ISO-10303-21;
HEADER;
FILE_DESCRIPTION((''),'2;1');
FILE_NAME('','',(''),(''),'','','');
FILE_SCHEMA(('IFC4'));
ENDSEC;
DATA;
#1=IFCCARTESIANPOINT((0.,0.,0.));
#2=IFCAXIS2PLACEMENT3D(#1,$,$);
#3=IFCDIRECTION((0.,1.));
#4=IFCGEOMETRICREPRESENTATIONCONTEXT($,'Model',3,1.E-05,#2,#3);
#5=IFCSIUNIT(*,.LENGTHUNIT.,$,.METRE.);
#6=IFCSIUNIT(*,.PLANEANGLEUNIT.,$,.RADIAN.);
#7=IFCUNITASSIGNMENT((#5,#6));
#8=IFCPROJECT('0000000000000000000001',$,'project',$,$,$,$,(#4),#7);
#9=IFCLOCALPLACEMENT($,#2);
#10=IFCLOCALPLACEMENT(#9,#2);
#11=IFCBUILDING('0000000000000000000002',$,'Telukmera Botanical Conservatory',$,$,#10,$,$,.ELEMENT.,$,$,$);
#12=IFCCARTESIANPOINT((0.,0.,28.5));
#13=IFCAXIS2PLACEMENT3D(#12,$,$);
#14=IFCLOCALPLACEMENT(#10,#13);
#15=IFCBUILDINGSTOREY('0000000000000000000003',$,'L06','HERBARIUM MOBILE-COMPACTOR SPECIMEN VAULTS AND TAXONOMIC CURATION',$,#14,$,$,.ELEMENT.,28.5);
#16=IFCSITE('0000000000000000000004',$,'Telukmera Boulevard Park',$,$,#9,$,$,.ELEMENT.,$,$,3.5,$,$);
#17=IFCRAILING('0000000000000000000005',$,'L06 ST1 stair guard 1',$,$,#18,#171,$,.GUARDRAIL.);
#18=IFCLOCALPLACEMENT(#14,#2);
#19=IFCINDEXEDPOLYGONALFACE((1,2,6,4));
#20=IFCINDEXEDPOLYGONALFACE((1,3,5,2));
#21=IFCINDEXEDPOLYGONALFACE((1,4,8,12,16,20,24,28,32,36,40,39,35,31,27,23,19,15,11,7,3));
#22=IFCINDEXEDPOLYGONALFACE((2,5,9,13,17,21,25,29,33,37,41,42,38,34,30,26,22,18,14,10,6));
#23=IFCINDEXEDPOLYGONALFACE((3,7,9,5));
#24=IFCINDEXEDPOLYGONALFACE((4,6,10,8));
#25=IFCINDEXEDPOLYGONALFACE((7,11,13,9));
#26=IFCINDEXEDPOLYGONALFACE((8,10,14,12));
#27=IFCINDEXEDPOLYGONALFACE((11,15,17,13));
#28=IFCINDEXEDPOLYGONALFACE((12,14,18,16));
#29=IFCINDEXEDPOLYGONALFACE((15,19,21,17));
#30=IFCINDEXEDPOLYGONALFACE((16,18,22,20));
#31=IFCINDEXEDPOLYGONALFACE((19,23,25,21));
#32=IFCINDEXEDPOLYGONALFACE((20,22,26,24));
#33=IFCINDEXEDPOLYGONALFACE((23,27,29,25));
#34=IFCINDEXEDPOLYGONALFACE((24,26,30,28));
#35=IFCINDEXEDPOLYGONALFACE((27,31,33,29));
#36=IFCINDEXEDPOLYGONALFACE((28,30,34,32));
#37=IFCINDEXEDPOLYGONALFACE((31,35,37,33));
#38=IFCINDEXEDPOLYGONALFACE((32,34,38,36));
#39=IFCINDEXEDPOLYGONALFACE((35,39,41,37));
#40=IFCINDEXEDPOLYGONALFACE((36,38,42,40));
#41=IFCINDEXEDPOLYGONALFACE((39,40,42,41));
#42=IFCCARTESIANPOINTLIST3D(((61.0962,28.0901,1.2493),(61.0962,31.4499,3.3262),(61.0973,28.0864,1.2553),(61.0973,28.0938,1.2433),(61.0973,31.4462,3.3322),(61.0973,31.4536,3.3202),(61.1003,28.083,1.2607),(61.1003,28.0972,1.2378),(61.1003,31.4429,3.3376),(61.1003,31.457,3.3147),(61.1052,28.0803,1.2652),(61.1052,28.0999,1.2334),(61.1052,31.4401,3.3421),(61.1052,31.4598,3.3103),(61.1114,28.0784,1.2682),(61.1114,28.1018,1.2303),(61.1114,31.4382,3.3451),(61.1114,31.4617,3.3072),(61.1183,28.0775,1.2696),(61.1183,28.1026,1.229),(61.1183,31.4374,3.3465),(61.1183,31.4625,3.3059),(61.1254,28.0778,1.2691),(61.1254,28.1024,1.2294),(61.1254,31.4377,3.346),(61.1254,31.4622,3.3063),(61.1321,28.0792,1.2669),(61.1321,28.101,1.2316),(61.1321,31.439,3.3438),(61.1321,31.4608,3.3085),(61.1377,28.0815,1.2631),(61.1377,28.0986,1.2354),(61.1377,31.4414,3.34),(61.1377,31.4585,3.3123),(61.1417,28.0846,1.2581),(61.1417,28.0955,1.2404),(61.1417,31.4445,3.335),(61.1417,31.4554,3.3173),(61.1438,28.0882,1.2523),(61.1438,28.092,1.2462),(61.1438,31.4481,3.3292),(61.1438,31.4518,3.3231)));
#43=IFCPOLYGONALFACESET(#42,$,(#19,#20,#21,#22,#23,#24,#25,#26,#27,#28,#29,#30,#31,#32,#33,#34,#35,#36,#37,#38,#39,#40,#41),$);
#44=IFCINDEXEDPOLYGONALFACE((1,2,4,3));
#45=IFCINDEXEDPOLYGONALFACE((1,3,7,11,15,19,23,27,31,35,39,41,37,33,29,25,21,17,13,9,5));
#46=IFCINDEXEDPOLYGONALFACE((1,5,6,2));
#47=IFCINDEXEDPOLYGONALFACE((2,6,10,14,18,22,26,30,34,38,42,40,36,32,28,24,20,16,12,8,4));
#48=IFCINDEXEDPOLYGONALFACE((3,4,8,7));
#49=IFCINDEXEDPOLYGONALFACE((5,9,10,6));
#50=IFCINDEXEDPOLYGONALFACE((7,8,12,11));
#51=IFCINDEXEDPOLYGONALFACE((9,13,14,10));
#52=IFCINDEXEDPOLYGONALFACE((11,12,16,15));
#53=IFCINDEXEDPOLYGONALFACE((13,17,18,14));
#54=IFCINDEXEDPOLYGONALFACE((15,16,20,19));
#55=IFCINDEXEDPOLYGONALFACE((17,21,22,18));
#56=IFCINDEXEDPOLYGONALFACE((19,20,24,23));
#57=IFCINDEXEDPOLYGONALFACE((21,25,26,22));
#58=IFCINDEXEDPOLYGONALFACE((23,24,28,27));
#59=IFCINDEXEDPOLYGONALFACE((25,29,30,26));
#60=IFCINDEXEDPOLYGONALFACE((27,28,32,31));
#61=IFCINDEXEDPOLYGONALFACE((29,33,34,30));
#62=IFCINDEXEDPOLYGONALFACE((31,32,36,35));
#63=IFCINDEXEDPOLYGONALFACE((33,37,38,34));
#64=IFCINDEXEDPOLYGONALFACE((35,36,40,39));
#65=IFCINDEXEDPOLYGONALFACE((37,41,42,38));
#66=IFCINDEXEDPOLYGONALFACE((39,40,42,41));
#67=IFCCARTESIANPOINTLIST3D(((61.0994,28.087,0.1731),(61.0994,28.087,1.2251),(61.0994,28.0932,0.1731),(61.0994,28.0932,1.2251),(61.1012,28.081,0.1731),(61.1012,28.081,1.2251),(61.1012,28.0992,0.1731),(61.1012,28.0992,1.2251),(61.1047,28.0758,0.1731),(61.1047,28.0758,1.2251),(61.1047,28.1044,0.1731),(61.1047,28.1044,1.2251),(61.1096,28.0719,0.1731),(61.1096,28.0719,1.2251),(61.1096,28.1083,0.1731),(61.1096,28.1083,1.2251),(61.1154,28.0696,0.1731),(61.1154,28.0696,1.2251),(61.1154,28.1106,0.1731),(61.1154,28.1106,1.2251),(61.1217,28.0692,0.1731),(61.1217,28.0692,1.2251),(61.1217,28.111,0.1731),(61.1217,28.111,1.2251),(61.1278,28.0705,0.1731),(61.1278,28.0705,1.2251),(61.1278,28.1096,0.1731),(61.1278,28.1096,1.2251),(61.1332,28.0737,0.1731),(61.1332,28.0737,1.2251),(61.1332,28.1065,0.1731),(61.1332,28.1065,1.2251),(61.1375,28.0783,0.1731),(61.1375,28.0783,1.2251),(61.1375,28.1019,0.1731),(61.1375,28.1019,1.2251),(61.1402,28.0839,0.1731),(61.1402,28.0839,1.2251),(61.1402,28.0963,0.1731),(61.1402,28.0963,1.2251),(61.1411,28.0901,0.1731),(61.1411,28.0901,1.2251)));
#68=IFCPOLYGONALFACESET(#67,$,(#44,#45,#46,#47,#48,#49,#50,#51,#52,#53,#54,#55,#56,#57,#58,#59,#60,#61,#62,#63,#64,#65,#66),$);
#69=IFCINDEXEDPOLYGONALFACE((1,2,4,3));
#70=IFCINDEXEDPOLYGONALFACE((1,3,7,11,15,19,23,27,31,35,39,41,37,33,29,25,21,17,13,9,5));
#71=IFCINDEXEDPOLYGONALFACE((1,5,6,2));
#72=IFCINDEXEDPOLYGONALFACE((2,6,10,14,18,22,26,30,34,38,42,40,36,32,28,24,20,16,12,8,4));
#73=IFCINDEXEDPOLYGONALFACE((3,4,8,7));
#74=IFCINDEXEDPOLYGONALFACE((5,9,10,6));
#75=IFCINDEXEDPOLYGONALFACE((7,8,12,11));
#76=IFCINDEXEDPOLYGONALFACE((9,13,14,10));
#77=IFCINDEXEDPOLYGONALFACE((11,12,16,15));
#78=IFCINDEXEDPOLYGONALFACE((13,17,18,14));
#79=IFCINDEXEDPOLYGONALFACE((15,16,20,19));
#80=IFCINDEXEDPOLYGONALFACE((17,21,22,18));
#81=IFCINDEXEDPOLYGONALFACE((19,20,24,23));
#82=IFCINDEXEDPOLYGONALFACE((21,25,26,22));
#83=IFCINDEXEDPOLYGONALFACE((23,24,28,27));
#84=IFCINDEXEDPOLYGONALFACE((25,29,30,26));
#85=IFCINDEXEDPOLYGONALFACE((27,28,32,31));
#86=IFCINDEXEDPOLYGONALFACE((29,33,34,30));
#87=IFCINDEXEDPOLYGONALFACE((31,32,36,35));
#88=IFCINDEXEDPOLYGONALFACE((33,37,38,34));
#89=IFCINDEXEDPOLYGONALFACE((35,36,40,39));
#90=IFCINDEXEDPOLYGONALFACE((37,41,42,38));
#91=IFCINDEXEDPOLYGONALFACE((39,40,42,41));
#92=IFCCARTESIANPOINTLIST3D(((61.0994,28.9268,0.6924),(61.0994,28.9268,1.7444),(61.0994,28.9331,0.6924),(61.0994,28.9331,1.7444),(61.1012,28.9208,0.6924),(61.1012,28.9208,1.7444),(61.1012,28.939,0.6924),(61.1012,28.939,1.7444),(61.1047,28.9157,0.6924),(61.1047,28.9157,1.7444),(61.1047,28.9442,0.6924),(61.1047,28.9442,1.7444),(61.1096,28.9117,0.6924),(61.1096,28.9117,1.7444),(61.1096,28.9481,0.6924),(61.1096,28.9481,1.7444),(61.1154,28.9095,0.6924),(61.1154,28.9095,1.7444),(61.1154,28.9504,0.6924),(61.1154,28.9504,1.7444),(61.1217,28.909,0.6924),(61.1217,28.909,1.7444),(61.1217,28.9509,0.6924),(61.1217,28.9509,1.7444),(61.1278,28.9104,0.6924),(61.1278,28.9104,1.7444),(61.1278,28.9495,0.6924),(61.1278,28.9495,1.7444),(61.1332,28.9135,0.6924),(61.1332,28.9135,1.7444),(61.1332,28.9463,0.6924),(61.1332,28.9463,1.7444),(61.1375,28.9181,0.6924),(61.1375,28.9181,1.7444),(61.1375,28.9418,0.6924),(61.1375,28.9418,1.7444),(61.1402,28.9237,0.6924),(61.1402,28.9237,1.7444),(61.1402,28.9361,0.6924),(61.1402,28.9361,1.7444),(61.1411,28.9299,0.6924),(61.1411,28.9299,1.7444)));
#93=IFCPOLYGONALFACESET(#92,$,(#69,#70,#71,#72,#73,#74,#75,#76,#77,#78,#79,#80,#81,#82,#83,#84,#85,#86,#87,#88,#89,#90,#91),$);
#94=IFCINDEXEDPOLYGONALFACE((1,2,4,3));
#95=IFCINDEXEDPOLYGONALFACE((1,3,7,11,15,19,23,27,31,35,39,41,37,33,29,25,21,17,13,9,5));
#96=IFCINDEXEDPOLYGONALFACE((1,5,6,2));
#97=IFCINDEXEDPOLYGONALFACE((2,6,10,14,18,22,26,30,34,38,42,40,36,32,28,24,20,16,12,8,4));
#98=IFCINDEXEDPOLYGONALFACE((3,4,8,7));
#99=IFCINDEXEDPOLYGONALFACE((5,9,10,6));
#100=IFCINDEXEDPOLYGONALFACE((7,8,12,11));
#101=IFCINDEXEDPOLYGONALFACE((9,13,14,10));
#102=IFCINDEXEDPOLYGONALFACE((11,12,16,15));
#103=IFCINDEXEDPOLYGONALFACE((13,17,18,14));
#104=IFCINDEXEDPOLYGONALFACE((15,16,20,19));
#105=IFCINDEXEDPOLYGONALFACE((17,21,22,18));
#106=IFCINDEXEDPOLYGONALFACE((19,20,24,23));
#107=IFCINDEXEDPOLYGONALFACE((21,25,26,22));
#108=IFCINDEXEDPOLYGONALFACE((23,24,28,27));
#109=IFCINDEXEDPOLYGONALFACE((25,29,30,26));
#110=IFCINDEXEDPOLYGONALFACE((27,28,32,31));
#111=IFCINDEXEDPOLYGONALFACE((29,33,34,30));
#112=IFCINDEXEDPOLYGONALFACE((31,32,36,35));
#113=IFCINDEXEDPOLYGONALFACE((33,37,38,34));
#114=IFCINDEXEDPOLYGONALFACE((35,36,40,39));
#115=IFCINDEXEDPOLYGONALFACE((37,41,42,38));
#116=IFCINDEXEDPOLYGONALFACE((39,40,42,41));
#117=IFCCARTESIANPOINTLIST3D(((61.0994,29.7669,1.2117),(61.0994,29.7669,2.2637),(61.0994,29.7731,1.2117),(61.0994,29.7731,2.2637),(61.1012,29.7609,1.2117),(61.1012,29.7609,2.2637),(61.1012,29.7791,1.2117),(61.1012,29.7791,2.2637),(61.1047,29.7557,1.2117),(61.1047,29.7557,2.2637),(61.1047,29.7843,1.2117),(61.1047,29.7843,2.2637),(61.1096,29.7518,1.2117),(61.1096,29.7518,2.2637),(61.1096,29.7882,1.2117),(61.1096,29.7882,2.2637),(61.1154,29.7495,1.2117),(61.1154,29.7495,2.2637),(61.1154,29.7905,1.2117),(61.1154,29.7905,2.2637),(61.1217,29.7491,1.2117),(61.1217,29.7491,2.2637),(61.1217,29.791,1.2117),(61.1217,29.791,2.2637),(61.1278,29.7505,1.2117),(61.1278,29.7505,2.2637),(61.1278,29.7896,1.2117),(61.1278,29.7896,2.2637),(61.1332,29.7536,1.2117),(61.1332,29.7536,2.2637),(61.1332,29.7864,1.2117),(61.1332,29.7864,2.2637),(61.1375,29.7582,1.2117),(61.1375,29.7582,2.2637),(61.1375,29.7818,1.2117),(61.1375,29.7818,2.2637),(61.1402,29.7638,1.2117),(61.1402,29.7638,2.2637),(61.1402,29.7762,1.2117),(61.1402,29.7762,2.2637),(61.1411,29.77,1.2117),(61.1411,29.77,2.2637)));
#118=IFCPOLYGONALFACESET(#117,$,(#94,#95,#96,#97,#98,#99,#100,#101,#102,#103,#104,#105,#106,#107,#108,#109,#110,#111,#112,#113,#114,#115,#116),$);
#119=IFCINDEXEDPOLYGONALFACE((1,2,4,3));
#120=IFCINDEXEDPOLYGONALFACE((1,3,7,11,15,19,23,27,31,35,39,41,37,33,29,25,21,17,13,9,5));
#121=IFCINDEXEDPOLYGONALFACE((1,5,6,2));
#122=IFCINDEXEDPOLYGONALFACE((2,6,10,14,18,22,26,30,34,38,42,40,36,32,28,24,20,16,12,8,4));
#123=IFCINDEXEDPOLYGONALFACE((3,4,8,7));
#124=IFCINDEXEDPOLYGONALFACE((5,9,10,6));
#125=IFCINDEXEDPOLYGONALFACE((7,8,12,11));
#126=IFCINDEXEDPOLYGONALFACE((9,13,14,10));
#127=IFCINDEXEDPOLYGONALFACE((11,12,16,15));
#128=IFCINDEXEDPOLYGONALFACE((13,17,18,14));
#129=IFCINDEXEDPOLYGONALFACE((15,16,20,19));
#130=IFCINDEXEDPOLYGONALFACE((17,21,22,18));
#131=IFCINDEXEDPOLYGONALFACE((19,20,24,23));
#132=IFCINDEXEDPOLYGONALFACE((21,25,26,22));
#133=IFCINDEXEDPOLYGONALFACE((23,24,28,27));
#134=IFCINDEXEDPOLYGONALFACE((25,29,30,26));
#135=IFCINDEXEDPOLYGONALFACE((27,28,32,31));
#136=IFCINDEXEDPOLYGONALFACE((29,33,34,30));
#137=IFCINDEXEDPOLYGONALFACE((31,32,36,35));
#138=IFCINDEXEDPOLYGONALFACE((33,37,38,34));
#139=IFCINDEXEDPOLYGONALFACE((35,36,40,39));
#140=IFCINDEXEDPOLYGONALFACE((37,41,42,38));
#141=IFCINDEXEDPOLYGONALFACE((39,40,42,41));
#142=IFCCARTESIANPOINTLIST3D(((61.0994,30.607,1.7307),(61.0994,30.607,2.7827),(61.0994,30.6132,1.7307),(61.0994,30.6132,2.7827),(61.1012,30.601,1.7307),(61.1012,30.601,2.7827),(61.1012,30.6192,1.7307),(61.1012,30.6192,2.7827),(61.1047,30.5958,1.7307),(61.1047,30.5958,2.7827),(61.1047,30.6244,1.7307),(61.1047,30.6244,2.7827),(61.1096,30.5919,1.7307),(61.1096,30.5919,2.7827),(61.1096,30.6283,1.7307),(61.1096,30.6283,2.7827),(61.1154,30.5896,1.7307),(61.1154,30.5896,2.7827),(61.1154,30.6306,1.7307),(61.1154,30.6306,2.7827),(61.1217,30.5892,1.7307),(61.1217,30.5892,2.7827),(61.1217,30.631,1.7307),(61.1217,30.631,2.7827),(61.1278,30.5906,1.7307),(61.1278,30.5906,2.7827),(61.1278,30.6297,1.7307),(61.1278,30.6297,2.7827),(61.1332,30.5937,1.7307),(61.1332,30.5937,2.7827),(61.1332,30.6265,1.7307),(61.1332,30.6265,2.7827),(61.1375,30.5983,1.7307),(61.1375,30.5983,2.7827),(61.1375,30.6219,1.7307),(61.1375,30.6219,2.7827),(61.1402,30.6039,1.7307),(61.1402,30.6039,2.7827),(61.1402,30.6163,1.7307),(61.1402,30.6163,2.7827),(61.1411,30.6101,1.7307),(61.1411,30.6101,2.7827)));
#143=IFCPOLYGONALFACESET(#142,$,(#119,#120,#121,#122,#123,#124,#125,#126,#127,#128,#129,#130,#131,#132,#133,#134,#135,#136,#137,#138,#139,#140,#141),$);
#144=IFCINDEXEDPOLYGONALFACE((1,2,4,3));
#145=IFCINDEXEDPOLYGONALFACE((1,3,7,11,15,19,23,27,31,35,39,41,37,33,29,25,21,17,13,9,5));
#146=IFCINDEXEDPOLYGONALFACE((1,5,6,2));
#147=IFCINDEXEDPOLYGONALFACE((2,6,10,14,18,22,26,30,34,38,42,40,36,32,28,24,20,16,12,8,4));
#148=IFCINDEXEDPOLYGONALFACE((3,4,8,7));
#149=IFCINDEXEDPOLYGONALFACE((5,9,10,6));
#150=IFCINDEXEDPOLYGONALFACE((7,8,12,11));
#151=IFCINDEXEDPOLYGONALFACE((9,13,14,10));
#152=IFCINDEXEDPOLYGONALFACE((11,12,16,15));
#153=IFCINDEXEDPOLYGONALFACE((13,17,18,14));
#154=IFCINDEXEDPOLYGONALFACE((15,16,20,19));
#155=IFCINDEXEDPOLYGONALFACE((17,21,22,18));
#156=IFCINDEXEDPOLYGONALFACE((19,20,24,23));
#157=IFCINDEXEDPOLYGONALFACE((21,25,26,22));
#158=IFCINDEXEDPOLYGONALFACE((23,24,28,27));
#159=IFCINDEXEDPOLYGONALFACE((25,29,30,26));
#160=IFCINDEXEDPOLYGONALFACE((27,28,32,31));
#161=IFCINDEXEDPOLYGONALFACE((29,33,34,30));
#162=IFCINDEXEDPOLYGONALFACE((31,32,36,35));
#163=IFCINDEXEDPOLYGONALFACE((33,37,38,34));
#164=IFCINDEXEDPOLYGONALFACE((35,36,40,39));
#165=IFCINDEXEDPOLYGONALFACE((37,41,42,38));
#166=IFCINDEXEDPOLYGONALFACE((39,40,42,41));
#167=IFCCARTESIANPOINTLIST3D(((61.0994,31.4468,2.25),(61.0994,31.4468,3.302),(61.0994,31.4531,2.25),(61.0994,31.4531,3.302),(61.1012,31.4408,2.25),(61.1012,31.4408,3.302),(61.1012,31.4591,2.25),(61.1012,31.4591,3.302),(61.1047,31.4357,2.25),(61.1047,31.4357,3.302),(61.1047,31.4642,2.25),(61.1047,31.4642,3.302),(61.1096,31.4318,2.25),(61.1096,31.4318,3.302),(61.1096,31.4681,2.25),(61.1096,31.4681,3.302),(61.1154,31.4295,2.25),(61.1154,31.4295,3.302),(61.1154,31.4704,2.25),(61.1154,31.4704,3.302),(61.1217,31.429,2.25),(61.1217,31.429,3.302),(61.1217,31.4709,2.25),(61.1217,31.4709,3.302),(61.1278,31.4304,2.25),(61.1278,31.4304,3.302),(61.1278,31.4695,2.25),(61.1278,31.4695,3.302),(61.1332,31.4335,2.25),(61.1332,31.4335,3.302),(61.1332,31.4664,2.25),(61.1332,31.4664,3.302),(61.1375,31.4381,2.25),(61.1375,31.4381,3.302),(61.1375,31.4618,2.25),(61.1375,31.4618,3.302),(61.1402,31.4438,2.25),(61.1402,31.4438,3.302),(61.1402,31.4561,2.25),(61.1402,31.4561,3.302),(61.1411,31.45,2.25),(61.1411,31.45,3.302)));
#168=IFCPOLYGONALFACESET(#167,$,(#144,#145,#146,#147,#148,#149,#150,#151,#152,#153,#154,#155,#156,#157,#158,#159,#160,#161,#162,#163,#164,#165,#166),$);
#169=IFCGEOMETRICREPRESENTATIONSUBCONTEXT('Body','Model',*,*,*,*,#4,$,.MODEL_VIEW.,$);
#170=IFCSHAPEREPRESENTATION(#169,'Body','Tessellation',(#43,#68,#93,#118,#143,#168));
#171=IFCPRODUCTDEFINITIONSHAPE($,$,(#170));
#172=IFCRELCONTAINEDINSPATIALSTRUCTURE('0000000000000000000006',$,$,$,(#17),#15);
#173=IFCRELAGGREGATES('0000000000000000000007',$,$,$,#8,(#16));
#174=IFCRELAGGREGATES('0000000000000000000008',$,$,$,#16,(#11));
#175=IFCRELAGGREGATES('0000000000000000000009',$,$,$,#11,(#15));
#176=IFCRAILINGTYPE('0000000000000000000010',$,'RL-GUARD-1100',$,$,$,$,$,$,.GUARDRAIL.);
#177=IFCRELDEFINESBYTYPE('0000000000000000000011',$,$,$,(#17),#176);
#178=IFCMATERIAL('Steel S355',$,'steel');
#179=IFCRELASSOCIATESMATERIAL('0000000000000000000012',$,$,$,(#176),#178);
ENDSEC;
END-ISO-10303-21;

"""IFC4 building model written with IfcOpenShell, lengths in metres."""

from ifc_helpers import new_model, si_unit, direction, frame, origin, origin_2d, place, context, subcontext, project, spatial, circle, extrude, material, type_object, element, save


model = new_model("IFC4")

# Units and contexts
model_context = context("Model", 3, precision=1e-05, world=origin(), true_north=direction((0.0, 1.0)))
body_context = subcontext(model_context, "Body", "Model", "MODEL_VIEW")
ifc_project = project(units=[si_unit("LENGTHUNIT", "METRE"), si_unit("PLANEANGLEUNIT", "RADIAN")], contexts=[model_context])

# Site, building, storey
site_placement = place(None, origin())
site = spatial("IfcSite", under=ifc_project, at=site_placement, Name="Telukmera Boulevard Park", CompositionType="ELEMENT", RefElevation=3.5)
building_placement = place(site_placement, origin())
building = spatial("IfcBuilding", under=site, at=building_placement, Name="Telukmera Botanical Conservatory", CompositionType="ELEMENT")
storey_placement = place(building_placement, frame((0.0, 0.0, 28.5)))
storey = spatial("IfcBuildingStorey", under=building, at=storey_placement, Name="L06", Description="HERBARIUM MOBILE-COMPACTOR SPECIMEN VAULTS AND TAXONOMIC CURATION", CompositionType="ELEMENT", Elevation=28.5)

# Railing
ifc_material_1 = material(Name="Steel S355", Category="steel")
railing_type_1 = type_object("IfcRailingType", Name="RL-GUARD-1100", PredefinedType="GUARDRAIL", material=ifc_material_1)
railing_1_placement = place(storey_placement, frame((61.1201, 28.0901, 0.1731)))
element("IfcRailing", 1, at=railing_1_placement, inside=storey, type_object=railing_type_1, Name="L06 ST1 stair guard 1", PredefinedType="GUARDRAIL", context=body_context, shape_type="SweptSolid", body=[
    extrude(circle(Radius=0.0239, at=origin_2d()), frame((0.0, 0.0, 1.0762), z_axis=(0.0, 0.850606, 0.525803), x_axis=(-1.0, 0.0, 0.0)), (0.0, 0.0, 1.0), 3.95),
    extrude(circle(Radius=0.021, at=origin_2d()), origin(), (0.0, 0.0, 1.0), 1.052),
    extrude(circle(Radius=0.021, at=origin_2d()), frame((0.0, 0.8398, 0.5193)), (0.0, 0.0, 1.0), 1.052),
    extrude(circle(Radius=0.021, at=origin_2d()), frame((0.0, 1.6799, 1.0386)), (0.0, 0.0, 1.0), 1.052),
    extrude(circle(Radius=0.021, at=origin_2d()), frame((0.0, 2.52, 1.5576)), (0.0, 0.0, 1.0), 1.052),
    extrude(circle(Radius=0.021, at=origin_2d()), frame((0.0, 3.3599, 2.0769)), (0.0, 0.0, 1.0), 1.052),
])

save(model, "model.ifc")
